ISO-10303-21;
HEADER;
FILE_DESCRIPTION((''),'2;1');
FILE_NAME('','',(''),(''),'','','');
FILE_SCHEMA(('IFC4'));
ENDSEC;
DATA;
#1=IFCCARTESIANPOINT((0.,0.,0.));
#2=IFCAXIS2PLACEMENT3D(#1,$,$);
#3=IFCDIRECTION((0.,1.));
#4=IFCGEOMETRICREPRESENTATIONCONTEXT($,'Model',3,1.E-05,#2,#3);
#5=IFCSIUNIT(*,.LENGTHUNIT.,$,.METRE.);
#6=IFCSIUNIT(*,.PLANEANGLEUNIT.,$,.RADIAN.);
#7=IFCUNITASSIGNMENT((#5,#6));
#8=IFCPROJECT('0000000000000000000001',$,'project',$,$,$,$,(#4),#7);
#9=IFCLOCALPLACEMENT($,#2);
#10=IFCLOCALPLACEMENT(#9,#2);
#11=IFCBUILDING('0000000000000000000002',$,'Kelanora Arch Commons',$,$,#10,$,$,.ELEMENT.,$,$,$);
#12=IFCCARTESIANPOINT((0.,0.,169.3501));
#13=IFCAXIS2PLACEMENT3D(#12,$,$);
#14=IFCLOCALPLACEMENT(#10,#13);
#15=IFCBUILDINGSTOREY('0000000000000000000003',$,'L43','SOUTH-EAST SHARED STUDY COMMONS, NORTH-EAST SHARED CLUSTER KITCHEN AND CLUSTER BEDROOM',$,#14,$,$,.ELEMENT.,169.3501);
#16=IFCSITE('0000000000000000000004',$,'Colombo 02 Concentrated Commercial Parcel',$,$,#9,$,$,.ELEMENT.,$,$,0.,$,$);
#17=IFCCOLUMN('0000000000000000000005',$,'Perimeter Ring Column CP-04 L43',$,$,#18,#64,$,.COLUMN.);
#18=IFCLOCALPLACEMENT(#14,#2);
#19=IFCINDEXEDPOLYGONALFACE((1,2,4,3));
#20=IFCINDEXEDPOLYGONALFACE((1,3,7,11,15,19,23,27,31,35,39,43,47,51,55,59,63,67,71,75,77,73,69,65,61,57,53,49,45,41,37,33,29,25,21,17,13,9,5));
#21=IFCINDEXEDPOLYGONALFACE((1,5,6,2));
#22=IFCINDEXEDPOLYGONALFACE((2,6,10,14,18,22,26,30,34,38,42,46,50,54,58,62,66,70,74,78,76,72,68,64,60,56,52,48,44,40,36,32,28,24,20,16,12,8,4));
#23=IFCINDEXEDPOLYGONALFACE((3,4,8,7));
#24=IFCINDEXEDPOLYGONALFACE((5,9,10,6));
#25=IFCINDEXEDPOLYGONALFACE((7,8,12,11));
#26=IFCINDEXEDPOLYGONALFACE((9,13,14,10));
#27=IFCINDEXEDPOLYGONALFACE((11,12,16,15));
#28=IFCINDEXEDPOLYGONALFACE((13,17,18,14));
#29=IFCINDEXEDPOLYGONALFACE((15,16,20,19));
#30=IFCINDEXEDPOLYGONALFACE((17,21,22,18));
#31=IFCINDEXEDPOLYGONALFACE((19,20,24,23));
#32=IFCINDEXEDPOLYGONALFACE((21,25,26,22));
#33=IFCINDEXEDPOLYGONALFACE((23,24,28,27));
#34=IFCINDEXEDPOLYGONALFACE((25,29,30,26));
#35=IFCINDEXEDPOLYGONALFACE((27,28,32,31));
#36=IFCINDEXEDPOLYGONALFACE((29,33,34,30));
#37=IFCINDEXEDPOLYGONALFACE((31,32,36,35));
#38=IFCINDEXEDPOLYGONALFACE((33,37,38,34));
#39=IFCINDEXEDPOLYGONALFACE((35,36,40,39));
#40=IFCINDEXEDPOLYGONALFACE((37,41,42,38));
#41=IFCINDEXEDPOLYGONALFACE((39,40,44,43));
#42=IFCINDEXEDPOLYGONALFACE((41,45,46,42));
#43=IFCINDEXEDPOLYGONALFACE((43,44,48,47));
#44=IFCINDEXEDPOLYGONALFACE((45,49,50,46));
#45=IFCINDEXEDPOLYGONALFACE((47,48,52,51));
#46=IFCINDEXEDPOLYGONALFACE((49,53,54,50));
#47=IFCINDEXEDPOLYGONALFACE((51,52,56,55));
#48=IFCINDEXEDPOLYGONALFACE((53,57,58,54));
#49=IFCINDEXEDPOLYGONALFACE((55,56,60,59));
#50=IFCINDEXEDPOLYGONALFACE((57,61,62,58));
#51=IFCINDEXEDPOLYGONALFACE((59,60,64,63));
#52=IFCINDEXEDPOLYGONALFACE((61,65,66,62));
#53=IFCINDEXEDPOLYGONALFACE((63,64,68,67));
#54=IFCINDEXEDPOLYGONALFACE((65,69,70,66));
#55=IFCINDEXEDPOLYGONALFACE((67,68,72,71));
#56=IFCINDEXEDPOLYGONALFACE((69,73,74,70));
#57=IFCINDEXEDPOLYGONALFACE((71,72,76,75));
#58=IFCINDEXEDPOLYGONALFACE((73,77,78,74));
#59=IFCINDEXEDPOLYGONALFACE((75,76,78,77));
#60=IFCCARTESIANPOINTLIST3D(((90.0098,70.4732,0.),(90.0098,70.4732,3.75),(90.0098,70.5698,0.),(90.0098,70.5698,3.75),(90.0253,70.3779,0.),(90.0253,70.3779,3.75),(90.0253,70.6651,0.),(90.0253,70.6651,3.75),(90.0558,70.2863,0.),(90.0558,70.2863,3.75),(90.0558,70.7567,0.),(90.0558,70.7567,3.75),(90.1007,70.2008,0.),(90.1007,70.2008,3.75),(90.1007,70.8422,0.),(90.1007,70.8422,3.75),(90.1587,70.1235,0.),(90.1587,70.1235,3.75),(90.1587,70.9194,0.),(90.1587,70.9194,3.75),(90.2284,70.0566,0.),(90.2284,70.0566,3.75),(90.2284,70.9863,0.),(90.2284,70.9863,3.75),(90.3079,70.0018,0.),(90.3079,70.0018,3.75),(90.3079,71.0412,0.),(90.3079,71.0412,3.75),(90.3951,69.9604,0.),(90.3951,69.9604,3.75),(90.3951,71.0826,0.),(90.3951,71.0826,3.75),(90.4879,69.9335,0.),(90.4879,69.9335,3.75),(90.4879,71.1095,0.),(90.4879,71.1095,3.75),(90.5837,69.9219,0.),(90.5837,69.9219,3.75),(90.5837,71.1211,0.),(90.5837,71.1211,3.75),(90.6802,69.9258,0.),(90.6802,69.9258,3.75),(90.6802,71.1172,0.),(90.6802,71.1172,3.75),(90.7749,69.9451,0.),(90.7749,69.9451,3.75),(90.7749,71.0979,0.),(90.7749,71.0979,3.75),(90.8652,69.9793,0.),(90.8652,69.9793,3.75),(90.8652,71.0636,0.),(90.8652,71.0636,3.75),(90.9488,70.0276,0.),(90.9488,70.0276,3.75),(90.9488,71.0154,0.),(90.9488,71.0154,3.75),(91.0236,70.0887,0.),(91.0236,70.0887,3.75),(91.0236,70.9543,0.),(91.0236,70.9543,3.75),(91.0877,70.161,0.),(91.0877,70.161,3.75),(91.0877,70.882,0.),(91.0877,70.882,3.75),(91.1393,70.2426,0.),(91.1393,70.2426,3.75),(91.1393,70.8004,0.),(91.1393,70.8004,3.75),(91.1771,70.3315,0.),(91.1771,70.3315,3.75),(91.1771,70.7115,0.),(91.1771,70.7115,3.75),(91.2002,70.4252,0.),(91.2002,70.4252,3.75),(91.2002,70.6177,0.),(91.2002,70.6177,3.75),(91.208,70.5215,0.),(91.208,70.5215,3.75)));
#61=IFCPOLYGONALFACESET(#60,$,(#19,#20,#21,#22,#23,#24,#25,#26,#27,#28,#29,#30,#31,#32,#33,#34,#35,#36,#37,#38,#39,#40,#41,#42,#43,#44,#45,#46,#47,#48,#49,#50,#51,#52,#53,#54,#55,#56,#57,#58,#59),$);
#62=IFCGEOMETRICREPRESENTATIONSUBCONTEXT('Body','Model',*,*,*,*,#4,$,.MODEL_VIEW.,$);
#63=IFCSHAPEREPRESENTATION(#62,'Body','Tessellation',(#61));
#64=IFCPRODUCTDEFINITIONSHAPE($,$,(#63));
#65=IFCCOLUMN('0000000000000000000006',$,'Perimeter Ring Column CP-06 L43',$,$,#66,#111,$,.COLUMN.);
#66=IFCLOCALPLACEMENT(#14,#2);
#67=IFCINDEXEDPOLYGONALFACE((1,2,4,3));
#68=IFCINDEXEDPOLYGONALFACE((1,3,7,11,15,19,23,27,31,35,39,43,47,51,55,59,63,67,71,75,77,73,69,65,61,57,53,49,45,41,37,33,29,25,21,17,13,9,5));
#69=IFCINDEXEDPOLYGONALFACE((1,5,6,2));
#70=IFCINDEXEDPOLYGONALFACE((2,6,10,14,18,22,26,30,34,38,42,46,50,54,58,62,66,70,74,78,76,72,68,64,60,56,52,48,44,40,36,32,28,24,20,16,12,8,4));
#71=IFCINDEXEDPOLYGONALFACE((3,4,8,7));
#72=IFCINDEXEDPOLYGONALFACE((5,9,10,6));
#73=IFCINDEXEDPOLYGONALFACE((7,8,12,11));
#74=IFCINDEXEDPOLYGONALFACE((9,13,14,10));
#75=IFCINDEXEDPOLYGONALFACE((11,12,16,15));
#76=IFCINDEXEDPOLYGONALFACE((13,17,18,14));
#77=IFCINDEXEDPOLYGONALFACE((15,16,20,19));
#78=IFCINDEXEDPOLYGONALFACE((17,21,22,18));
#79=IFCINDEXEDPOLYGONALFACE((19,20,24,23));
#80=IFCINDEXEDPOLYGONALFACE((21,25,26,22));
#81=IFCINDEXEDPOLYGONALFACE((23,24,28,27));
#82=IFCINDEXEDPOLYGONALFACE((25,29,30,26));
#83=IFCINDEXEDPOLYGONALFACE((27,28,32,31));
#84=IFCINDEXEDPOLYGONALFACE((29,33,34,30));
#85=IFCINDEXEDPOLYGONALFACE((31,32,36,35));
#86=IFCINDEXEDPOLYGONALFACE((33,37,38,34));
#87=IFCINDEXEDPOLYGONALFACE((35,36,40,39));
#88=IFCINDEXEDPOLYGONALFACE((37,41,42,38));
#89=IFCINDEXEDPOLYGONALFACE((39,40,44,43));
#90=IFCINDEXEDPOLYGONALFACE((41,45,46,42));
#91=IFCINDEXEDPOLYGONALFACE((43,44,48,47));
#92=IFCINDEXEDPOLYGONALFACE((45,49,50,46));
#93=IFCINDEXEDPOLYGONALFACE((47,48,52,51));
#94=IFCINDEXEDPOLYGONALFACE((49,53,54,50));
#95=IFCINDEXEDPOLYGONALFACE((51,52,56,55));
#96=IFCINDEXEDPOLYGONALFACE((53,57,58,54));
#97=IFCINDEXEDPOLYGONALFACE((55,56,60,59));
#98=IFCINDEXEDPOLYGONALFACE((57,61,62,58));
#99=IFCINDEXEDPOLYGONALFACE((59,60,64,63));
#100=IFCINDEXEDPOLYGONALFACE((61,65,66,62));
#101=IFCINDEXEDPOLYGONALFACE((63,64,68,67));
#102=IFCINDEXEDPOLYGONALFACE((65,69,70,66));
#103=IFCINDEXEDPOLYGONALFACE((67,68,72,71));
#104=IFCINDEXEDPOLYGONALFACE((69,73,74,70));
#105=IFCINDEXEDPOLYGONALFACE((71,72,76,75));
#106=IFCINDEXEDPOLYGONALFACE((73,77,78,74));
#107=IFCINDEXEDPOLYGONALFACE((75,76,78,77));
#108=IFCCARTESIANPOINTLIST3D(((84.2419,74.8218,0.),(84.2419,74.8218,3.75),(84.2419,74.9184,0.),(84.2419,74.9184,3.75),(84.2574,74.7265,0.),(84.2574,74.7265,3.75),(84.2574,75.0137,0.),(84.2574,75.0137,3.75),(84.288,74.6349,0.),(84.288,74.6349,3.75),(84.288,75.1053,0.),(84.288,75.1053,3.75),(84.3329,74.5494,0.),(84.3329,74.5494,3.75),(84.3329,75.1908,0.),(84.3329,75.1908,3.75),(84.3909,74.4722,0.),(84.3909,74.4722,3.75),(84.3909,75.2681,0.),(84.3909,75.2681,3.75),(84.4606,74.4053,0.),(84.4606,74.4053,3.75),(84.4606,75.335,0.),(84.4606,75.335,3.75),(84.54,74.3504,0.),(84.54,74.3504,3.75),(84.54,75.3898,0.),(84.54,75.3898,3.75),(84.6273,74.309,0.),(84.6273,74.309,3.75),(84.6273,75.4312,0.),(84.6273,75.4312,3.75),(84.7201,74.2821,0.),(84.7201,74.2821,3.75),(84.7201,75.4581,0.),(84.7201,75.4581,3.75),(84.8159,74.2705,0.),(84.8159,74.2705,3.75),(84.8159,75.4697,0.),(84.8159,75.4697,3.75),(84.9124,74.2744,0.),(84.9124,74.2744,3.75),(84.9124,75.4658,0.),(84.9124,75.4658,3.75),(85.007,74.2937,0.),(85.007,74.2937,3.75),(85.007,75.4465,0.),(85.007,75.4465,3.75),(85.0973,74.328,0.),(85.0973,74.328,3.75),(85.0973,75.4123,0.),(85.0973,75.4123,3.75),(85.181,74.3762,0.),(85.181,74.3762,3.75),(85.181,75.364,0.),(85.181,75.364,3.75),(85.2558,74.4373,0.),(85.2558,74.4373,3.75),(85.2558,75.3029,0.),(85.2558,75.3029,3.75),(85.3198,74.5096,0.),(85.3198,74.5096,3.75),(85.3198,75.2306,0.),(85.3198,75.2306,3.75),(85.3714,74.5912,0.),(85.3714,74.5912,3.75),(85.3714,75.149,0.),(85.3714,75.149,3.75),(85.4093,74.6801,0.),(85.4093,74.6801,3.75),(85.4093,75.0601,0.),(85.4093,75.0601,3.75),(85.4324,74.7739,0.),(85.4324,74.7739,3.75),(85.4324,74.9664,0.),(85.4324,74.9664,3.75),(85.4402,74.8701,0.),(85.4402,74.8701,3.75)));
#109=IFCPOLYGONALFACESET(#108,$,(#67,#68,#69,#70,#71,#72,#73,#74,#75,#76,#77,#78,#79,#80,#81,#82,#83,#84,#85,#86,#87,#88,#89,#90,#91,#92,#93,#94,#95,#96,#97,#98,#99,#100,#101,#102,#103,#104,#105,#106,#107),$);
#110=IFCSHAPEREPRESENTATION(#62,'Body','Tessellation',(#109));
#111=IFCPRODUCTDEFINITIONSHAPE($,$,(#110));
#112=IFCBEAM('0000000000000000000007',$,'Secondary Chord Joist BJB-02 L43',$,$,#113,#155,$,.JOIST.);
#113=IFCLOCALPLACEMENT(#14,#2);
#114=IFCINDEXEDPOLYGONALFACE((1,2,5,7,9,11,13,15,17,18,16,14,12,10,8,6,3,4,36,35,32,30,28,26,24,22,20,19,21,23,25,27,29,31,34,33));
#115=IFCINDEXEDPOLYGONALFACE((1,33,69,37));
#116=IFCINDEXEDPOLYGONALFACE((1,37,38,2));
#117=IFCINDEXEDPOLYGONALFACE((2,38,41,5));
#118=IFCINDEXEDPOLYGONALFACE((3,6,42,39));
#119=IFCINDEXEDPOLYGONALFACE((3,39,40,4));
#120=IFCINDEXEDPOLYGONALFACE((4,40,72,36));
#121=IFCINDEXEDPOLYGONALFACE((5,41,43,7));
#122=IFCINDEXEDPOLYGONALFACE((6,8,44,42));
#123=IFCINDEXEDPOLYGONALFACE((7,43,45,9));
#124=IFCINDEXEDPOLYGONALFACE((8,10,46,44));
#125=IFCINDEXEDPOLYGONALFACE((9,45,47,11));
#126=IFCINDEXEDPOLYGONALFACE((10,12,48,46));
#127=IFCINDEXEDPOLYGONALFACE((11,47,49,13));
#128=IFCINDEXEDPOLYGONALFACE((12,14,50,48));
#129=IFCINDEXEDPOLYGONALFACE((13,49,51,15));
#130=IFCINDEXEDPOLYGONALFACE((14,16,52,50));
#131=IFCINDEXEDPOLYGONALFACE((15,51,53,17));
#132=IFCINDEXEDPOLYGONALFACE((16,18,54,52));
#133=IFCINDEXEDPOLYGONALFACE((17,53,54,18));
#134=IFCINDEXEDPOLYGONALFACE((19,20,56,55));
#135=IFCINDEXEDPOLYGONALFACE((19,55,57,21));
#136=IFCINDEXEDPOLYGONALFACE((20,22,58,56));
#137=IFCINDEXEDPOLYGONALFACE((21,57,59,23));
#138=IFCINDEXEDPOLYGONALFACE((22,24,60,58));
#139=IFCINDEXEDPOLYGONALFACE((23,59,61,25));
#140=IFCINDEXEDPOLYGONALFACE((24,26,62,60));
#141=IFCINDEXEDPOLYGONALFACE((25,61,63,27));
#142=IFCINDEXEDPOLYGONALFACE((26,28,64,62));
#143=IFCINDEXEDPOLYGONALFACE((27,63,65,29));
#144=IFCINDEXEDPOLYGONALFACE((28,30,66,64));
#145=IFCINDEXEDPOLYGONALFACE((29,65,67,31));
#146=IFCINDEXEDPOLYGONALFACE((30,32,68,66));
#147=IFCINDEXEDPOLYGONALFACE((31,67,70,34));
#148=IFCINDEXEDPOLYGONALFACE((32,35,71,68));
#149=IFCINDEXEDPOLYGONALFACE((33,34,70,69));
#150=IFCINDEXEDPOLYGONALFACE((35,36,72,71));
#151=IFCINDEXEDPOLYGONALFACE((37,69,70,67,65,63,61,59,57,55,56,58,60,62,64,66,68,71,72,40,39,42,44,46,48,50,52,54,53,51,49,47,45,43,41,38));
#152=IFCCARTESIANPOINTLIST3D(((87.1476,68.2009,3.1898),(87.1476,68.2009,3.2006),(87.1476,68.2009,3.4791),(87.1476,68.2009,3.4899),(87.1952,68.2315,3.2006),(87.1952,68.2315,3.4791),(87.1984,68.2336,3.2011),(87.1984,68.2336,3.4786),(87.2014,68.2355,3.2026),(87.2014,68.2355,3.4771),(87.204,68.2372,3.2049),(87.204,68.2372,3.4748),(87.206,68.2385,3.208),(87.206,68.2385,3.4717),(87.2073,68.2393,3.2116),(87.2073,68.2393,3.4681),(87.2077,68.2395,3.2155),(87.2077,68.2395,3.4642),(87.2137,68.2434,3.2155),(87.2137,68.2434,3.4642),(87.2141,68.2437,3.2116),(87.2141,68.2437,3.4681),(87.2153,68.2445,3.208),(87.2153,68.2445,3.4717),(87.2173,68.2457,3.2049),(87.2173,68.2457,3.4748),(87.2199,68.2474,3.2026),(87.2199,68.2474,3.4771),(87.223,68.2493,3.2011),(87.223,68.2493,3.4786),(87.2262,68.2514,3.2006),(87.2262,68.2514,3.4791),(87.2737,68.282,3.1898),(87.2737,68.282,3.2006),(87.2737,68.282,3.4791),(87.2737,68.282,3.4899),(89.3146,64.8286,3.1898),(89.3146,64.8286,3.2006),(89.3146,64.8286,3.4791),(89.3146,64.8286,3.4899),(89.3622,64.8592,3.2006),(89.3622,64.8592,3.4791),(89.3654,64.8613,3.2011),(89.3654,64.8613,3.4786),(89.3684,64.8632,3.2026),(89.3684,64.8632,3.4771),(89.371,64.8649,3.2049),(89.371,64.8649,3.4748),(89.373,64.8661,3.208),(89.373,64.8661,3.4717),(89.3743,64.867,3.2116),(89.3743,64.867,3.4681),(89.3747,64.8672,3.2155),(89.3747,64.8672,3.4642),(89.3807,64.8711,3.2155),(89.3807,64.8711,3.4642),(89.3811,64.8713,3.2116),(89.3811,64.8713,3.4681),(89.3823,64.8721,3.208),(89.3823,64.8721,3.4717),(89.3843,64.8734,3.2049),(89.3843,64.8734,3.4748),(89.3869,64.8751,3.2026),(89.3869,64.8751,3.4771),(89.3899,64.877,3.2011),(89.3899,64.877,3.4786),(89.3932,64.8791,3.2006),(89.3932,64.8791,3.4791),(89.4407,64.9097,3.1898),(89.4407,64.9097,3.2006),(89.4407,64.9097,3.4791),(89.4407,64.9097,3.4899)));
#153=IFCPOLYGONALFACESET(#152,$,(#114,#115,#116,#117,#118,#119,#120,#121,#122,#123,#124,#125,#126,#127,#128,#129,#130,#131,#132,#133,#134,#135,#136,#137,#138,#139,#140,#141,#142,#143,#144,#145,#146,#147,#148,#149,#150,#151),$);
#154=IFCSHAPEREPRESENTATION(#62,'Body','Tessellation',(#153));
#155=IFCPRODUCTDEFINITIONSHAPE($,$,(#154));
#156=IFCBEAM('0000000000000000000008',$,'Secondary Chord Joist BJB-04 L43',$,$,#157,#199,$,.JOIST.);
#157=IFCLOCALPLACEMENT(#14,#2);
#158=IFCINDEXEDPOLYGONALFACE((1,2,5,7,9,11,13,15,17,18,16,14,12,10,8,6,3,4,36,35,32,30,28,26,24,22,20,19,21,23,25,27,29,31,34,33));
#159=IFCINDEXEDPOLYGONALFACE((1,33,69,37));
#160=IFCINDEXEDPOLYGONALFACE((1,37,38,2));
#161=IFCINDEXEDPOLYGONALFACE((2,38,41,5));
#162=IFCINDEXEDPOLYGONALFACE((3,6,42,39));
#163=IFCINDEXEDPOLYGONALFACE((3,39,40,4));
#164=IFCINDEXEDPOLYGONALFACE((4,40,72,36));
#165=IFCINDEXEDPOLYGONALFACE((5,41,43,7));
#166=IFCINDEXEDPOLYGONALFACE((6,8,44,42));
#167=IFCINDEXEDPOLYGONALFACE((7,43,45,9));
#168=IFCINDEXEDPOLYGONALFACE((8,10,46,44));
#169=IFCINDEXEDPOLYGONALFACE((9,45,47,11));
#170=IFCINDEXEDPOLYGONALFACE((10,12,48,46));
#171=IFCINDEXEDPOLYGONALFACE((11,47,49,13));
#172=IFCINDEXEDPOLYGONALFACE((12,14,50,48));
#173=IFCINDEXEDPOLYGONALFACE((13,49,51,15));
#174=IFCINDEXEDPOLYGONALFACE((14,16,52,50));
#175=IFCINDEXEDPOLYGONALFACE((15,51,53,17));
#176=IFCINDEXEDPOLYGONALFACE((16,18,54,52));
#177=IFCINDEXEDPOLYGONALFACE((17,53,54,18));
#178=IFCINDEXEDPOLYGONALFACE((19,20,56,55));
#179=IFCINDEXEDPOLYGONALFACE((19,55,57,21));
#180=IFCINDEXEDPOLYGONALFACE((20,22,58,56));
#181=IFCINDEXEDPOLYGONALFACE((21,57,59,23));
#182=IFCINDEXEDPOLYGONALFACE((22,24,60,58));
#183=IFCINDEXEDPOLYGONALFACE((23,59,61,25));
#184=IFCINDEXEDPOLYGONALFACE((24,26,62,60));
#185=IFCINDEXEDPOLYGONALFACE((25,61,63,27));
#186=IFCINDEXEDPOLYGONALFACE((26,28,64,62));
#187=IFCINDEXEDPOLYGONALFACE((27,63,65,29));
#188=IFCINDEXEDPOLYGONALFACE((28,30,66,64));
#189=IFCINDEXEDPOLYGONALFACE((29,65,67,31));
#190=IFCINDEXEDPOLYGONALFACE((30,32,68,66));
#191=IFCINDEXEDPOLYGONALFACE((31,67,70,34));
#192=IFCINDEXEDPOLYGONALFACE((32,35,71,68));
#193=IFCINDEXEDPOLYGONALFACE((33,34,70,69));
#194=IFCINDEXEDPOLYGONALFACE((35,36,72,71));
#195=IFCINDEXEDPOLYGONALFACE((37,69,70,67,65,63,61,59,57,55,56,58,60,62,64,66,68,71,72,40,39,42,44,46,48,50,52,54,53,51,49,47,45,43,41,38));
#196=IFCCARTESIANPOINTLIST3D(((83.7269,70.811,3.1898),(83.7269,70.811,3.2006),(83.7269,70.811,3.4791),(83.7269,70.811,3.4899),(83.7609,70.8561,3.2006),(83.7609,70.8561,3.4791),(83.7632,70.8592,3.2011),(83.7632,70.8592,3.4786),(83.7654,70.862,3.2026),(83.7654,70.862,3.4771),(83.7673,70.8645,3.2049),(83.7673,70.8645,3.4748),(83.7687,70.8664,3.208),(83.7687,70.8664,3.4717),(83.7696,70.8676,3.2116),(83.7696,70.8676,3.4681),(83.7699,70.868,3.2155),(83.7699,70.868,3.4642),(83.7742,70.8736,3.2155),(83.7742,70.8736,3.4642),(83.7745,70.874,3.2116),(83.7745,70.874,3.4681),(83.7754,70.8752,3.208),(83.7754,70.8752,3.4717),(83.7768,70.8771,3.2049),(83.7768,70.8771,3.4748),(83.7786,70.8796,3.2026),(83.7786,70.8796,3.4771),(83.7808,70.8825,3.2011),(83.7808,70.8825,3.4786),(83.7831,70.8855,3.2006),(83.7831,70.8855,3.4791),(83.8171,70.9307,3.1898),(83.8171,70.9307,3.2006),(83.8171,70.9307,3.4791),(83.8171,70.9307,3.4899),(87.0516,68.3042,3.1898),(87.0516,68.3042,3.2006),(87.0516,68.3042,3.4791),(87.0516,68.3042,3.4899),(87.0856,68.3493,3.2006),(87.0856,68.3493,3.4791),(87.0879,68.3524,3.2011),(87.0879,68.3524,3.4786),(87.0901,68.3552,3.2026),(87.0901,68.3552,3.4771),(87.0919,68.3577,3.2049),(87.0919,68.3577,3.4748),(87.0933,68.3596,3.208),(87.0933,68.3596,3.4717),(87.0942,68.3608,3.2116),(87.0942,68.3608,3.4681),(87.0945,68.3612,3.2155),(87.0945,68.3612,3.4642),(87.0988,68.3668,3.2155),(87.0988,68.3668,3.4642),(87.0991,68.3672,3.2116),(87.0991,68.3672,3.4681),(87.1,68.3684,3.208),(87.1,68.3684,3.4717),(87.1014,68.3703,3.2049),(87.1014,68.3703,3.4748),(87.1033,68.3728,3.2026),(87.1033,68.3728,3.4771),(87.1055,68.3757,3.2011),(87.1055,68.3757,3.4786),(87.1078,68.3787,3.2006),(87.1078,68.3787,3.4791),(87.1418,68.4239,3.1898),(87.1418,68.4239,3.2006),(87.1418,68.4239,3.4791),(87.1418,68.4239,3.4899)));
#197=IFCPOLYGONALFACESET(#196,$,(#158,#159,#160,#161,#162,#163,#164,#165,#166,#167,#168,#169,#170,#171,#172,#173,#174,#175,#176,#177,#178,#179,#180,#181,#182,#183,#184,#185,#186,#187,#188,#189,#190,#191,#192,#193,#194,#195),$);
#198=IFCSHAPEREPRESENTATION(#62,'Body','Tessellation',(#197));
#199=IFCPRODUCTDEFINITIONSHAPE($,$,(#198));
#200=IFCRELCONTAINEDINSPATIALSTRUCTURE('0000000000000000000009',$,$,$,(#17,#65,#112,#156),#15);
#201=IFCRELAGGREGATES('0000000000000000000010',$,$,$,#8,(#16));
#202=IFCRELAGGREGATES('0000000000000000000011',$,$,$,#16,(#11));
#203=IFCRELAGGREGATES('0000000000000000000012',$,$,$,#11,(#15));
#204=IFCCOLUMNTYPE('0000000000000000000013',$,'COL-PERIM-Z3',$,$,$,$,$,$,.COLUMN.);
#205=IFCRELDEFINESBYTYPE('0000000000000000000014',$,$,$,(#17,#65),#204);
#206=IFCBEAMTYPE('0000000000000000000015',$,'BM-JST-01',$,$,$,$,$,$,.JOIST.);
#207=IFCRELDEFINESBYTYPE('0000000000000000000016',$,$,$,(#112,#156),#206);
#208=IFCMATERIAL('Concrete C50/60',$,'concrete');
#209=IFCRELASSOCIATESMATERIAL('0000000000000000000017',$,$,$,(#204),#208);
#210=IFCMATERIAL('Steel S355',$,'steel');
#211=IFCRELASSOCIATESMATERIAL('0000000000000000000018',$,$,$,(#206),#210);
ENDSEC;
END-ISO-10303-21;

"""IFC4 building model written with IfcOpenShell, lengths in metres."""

from ifc_helpers import new_model, si_unit, direction, frame, origin, origin_2d, place, context, subcontext, project, spatial, circle, i_section, extrude, material, material_profile, profile_set, type_object, element, save


model = new_model("IFC4")

# Units and contexts
model_context = context("Model", 3, precision=1e-05, world=origin(), true_north=direction((0.0, 1.0)))
body_context = subcontext(model_context, "Body", "Model", "MODEL_VIEW")
ifc_project = project(units=[si_unit("LENGTHUNIT", "METRE"), si_unit("PLANEANGLEUNIT", "RADIAN")], contexts=[model_context])

# Site, building, storey
site_placement = place(None, origin())
site = spatial("IfcSite", under=ifc_project, at=site_placement, Name="Colombo 02 Concentrated Commercial Parcel", CompositionType="ELEMENT", RefElevation=0.0)
building_placement = place(site_placement, origin())
building = spatial("IfcBuilding", under=site, at=building_placement, Name="Kelanora Arch Commons", CompositionType="ELEMENT")
storey_placement = place(building_placement, frame((0.0, 0.0, 169.3501)))
storey = spatial("IfcBuildingStorey", under=building, at=storey_placement, Name="L43", Description="SOUTH-EAST SHARED STUDY COMMONS, NORTH-EAST SHARED CLUSTER KITCHEN AND CLUSTER BEDROOM", CompositionType="ELEMENT", Elevation=169.3501)

# Columns
ifc_material_1 = material(Name="Concrete C50/60", Category="concrete")
ifc_material_profile_1 = material_profile(ifc_material_1, circle(Radius=0.6001, at=origin_2d()), Name="RCC1200")
ifc_profile_set_1 = profile_set([ifc_material_profile_1], Name="Concrete C50/60")
column_type = type_object("IfcColumnType", Name="COL-PERIM-Z3", PredefinedType="COLUMN", material=ifc_profile_set_1)
for number, where, z_axis, x_axis, name in (
    (1, (90.6079, 70.5215, 0.0), (0.0, 0.0, 1.0), (1.0, 0.0, 0.0), "Perimeter Ring Column CP-04 L43"),
    (2, (84.8401, 74.8701, 0.0), (0.0, 0.0, 1.0), (1.0, 0.0, 0.0), "Perimeter Ring Column CP-06 L43"),
):
    element("IfcColumn", number, at=place(storey_placement, frame(where, z_axis=z_axis, x_axis=x_axis)), inside=storey, type_object=column_type, Name=name, PredefinedType="COLUMN", context=body_context, shape_type="SweptSolid", body=[
        extrude(circle(Radius=0.6001, at=origin_2d()), origin(), (0.0, 0.0, 1.0), 3.75),
    ])

# Beams
ifc_material_2 = material(Name="Steel S355", Category="steel")
ifc_material_profile_2 = material_profile(ifc_material_2, i_section(OverallWidth=0.1499, OverallDepth=0.3, WebThickness=0.0071, FlangeThickness=0.0107, FilletRadius=0.0149, at=origin_2d()), Name="IPE300")
ifc_profile_set_2 = profile_set([ifc_material_profile_2], Name="Steel S355")
beam_type_1 = type_object("IfcBeamType", Name="BM-JST-01", PredefinedType="JOIST", material=ifc_profile_set_2)
beam_1_placement = place(storey_placement, frame((89.3777, 64.8691, 3.3398), z_axis=(-0.540594, 0.841283, 0.0), x_axis=(-0.841283, -0.540594, 0.0)))
element("IfcBeam", 3, at=beam_1_placement, inside=storey, type_object=beam_type_1, Name="Secondary Chord Joist BJB-02 L43", PredefinedType="JOIST", context=body_context, shape_type="SweptSolid", body=[
    extrude(i_section(OverallWidth=0.1499, OverallDepth=0.3, WebThickness=0.0071, FlangeThickness=0.0107, FilletRadius=0.0149, at=origin_2d()), origin(), (0.0, 0.0, 1.0), 4.0085),
])
beam_2_placement = place(storey_placement, frame((87.0967, 68.364, 3.3398), z_axis=(-0.798464, 0.602043, 0.0), x_axis=(-0.602043, -0.798464, 0.0)))
element("IfcBeam", 4, at=beam_2_placement, inside=storey, type_object=beam_type_1, Name="Secondary Chord Joist BJB-04 L43", PredefinedType="JOIST", context=body_context, shape_type="SweptSolid", body=[
    extrude(i_section(OverallWidth=0.1499, OverallDepth=0.3, WebThickness=0.0071, FlangeThickness=0.0107, FilletRadius=0.0149, at=origin_2d()), origin(), (0.0, 0.0, 1.0), 4.1638),
])

save(model, "model.ifc")
